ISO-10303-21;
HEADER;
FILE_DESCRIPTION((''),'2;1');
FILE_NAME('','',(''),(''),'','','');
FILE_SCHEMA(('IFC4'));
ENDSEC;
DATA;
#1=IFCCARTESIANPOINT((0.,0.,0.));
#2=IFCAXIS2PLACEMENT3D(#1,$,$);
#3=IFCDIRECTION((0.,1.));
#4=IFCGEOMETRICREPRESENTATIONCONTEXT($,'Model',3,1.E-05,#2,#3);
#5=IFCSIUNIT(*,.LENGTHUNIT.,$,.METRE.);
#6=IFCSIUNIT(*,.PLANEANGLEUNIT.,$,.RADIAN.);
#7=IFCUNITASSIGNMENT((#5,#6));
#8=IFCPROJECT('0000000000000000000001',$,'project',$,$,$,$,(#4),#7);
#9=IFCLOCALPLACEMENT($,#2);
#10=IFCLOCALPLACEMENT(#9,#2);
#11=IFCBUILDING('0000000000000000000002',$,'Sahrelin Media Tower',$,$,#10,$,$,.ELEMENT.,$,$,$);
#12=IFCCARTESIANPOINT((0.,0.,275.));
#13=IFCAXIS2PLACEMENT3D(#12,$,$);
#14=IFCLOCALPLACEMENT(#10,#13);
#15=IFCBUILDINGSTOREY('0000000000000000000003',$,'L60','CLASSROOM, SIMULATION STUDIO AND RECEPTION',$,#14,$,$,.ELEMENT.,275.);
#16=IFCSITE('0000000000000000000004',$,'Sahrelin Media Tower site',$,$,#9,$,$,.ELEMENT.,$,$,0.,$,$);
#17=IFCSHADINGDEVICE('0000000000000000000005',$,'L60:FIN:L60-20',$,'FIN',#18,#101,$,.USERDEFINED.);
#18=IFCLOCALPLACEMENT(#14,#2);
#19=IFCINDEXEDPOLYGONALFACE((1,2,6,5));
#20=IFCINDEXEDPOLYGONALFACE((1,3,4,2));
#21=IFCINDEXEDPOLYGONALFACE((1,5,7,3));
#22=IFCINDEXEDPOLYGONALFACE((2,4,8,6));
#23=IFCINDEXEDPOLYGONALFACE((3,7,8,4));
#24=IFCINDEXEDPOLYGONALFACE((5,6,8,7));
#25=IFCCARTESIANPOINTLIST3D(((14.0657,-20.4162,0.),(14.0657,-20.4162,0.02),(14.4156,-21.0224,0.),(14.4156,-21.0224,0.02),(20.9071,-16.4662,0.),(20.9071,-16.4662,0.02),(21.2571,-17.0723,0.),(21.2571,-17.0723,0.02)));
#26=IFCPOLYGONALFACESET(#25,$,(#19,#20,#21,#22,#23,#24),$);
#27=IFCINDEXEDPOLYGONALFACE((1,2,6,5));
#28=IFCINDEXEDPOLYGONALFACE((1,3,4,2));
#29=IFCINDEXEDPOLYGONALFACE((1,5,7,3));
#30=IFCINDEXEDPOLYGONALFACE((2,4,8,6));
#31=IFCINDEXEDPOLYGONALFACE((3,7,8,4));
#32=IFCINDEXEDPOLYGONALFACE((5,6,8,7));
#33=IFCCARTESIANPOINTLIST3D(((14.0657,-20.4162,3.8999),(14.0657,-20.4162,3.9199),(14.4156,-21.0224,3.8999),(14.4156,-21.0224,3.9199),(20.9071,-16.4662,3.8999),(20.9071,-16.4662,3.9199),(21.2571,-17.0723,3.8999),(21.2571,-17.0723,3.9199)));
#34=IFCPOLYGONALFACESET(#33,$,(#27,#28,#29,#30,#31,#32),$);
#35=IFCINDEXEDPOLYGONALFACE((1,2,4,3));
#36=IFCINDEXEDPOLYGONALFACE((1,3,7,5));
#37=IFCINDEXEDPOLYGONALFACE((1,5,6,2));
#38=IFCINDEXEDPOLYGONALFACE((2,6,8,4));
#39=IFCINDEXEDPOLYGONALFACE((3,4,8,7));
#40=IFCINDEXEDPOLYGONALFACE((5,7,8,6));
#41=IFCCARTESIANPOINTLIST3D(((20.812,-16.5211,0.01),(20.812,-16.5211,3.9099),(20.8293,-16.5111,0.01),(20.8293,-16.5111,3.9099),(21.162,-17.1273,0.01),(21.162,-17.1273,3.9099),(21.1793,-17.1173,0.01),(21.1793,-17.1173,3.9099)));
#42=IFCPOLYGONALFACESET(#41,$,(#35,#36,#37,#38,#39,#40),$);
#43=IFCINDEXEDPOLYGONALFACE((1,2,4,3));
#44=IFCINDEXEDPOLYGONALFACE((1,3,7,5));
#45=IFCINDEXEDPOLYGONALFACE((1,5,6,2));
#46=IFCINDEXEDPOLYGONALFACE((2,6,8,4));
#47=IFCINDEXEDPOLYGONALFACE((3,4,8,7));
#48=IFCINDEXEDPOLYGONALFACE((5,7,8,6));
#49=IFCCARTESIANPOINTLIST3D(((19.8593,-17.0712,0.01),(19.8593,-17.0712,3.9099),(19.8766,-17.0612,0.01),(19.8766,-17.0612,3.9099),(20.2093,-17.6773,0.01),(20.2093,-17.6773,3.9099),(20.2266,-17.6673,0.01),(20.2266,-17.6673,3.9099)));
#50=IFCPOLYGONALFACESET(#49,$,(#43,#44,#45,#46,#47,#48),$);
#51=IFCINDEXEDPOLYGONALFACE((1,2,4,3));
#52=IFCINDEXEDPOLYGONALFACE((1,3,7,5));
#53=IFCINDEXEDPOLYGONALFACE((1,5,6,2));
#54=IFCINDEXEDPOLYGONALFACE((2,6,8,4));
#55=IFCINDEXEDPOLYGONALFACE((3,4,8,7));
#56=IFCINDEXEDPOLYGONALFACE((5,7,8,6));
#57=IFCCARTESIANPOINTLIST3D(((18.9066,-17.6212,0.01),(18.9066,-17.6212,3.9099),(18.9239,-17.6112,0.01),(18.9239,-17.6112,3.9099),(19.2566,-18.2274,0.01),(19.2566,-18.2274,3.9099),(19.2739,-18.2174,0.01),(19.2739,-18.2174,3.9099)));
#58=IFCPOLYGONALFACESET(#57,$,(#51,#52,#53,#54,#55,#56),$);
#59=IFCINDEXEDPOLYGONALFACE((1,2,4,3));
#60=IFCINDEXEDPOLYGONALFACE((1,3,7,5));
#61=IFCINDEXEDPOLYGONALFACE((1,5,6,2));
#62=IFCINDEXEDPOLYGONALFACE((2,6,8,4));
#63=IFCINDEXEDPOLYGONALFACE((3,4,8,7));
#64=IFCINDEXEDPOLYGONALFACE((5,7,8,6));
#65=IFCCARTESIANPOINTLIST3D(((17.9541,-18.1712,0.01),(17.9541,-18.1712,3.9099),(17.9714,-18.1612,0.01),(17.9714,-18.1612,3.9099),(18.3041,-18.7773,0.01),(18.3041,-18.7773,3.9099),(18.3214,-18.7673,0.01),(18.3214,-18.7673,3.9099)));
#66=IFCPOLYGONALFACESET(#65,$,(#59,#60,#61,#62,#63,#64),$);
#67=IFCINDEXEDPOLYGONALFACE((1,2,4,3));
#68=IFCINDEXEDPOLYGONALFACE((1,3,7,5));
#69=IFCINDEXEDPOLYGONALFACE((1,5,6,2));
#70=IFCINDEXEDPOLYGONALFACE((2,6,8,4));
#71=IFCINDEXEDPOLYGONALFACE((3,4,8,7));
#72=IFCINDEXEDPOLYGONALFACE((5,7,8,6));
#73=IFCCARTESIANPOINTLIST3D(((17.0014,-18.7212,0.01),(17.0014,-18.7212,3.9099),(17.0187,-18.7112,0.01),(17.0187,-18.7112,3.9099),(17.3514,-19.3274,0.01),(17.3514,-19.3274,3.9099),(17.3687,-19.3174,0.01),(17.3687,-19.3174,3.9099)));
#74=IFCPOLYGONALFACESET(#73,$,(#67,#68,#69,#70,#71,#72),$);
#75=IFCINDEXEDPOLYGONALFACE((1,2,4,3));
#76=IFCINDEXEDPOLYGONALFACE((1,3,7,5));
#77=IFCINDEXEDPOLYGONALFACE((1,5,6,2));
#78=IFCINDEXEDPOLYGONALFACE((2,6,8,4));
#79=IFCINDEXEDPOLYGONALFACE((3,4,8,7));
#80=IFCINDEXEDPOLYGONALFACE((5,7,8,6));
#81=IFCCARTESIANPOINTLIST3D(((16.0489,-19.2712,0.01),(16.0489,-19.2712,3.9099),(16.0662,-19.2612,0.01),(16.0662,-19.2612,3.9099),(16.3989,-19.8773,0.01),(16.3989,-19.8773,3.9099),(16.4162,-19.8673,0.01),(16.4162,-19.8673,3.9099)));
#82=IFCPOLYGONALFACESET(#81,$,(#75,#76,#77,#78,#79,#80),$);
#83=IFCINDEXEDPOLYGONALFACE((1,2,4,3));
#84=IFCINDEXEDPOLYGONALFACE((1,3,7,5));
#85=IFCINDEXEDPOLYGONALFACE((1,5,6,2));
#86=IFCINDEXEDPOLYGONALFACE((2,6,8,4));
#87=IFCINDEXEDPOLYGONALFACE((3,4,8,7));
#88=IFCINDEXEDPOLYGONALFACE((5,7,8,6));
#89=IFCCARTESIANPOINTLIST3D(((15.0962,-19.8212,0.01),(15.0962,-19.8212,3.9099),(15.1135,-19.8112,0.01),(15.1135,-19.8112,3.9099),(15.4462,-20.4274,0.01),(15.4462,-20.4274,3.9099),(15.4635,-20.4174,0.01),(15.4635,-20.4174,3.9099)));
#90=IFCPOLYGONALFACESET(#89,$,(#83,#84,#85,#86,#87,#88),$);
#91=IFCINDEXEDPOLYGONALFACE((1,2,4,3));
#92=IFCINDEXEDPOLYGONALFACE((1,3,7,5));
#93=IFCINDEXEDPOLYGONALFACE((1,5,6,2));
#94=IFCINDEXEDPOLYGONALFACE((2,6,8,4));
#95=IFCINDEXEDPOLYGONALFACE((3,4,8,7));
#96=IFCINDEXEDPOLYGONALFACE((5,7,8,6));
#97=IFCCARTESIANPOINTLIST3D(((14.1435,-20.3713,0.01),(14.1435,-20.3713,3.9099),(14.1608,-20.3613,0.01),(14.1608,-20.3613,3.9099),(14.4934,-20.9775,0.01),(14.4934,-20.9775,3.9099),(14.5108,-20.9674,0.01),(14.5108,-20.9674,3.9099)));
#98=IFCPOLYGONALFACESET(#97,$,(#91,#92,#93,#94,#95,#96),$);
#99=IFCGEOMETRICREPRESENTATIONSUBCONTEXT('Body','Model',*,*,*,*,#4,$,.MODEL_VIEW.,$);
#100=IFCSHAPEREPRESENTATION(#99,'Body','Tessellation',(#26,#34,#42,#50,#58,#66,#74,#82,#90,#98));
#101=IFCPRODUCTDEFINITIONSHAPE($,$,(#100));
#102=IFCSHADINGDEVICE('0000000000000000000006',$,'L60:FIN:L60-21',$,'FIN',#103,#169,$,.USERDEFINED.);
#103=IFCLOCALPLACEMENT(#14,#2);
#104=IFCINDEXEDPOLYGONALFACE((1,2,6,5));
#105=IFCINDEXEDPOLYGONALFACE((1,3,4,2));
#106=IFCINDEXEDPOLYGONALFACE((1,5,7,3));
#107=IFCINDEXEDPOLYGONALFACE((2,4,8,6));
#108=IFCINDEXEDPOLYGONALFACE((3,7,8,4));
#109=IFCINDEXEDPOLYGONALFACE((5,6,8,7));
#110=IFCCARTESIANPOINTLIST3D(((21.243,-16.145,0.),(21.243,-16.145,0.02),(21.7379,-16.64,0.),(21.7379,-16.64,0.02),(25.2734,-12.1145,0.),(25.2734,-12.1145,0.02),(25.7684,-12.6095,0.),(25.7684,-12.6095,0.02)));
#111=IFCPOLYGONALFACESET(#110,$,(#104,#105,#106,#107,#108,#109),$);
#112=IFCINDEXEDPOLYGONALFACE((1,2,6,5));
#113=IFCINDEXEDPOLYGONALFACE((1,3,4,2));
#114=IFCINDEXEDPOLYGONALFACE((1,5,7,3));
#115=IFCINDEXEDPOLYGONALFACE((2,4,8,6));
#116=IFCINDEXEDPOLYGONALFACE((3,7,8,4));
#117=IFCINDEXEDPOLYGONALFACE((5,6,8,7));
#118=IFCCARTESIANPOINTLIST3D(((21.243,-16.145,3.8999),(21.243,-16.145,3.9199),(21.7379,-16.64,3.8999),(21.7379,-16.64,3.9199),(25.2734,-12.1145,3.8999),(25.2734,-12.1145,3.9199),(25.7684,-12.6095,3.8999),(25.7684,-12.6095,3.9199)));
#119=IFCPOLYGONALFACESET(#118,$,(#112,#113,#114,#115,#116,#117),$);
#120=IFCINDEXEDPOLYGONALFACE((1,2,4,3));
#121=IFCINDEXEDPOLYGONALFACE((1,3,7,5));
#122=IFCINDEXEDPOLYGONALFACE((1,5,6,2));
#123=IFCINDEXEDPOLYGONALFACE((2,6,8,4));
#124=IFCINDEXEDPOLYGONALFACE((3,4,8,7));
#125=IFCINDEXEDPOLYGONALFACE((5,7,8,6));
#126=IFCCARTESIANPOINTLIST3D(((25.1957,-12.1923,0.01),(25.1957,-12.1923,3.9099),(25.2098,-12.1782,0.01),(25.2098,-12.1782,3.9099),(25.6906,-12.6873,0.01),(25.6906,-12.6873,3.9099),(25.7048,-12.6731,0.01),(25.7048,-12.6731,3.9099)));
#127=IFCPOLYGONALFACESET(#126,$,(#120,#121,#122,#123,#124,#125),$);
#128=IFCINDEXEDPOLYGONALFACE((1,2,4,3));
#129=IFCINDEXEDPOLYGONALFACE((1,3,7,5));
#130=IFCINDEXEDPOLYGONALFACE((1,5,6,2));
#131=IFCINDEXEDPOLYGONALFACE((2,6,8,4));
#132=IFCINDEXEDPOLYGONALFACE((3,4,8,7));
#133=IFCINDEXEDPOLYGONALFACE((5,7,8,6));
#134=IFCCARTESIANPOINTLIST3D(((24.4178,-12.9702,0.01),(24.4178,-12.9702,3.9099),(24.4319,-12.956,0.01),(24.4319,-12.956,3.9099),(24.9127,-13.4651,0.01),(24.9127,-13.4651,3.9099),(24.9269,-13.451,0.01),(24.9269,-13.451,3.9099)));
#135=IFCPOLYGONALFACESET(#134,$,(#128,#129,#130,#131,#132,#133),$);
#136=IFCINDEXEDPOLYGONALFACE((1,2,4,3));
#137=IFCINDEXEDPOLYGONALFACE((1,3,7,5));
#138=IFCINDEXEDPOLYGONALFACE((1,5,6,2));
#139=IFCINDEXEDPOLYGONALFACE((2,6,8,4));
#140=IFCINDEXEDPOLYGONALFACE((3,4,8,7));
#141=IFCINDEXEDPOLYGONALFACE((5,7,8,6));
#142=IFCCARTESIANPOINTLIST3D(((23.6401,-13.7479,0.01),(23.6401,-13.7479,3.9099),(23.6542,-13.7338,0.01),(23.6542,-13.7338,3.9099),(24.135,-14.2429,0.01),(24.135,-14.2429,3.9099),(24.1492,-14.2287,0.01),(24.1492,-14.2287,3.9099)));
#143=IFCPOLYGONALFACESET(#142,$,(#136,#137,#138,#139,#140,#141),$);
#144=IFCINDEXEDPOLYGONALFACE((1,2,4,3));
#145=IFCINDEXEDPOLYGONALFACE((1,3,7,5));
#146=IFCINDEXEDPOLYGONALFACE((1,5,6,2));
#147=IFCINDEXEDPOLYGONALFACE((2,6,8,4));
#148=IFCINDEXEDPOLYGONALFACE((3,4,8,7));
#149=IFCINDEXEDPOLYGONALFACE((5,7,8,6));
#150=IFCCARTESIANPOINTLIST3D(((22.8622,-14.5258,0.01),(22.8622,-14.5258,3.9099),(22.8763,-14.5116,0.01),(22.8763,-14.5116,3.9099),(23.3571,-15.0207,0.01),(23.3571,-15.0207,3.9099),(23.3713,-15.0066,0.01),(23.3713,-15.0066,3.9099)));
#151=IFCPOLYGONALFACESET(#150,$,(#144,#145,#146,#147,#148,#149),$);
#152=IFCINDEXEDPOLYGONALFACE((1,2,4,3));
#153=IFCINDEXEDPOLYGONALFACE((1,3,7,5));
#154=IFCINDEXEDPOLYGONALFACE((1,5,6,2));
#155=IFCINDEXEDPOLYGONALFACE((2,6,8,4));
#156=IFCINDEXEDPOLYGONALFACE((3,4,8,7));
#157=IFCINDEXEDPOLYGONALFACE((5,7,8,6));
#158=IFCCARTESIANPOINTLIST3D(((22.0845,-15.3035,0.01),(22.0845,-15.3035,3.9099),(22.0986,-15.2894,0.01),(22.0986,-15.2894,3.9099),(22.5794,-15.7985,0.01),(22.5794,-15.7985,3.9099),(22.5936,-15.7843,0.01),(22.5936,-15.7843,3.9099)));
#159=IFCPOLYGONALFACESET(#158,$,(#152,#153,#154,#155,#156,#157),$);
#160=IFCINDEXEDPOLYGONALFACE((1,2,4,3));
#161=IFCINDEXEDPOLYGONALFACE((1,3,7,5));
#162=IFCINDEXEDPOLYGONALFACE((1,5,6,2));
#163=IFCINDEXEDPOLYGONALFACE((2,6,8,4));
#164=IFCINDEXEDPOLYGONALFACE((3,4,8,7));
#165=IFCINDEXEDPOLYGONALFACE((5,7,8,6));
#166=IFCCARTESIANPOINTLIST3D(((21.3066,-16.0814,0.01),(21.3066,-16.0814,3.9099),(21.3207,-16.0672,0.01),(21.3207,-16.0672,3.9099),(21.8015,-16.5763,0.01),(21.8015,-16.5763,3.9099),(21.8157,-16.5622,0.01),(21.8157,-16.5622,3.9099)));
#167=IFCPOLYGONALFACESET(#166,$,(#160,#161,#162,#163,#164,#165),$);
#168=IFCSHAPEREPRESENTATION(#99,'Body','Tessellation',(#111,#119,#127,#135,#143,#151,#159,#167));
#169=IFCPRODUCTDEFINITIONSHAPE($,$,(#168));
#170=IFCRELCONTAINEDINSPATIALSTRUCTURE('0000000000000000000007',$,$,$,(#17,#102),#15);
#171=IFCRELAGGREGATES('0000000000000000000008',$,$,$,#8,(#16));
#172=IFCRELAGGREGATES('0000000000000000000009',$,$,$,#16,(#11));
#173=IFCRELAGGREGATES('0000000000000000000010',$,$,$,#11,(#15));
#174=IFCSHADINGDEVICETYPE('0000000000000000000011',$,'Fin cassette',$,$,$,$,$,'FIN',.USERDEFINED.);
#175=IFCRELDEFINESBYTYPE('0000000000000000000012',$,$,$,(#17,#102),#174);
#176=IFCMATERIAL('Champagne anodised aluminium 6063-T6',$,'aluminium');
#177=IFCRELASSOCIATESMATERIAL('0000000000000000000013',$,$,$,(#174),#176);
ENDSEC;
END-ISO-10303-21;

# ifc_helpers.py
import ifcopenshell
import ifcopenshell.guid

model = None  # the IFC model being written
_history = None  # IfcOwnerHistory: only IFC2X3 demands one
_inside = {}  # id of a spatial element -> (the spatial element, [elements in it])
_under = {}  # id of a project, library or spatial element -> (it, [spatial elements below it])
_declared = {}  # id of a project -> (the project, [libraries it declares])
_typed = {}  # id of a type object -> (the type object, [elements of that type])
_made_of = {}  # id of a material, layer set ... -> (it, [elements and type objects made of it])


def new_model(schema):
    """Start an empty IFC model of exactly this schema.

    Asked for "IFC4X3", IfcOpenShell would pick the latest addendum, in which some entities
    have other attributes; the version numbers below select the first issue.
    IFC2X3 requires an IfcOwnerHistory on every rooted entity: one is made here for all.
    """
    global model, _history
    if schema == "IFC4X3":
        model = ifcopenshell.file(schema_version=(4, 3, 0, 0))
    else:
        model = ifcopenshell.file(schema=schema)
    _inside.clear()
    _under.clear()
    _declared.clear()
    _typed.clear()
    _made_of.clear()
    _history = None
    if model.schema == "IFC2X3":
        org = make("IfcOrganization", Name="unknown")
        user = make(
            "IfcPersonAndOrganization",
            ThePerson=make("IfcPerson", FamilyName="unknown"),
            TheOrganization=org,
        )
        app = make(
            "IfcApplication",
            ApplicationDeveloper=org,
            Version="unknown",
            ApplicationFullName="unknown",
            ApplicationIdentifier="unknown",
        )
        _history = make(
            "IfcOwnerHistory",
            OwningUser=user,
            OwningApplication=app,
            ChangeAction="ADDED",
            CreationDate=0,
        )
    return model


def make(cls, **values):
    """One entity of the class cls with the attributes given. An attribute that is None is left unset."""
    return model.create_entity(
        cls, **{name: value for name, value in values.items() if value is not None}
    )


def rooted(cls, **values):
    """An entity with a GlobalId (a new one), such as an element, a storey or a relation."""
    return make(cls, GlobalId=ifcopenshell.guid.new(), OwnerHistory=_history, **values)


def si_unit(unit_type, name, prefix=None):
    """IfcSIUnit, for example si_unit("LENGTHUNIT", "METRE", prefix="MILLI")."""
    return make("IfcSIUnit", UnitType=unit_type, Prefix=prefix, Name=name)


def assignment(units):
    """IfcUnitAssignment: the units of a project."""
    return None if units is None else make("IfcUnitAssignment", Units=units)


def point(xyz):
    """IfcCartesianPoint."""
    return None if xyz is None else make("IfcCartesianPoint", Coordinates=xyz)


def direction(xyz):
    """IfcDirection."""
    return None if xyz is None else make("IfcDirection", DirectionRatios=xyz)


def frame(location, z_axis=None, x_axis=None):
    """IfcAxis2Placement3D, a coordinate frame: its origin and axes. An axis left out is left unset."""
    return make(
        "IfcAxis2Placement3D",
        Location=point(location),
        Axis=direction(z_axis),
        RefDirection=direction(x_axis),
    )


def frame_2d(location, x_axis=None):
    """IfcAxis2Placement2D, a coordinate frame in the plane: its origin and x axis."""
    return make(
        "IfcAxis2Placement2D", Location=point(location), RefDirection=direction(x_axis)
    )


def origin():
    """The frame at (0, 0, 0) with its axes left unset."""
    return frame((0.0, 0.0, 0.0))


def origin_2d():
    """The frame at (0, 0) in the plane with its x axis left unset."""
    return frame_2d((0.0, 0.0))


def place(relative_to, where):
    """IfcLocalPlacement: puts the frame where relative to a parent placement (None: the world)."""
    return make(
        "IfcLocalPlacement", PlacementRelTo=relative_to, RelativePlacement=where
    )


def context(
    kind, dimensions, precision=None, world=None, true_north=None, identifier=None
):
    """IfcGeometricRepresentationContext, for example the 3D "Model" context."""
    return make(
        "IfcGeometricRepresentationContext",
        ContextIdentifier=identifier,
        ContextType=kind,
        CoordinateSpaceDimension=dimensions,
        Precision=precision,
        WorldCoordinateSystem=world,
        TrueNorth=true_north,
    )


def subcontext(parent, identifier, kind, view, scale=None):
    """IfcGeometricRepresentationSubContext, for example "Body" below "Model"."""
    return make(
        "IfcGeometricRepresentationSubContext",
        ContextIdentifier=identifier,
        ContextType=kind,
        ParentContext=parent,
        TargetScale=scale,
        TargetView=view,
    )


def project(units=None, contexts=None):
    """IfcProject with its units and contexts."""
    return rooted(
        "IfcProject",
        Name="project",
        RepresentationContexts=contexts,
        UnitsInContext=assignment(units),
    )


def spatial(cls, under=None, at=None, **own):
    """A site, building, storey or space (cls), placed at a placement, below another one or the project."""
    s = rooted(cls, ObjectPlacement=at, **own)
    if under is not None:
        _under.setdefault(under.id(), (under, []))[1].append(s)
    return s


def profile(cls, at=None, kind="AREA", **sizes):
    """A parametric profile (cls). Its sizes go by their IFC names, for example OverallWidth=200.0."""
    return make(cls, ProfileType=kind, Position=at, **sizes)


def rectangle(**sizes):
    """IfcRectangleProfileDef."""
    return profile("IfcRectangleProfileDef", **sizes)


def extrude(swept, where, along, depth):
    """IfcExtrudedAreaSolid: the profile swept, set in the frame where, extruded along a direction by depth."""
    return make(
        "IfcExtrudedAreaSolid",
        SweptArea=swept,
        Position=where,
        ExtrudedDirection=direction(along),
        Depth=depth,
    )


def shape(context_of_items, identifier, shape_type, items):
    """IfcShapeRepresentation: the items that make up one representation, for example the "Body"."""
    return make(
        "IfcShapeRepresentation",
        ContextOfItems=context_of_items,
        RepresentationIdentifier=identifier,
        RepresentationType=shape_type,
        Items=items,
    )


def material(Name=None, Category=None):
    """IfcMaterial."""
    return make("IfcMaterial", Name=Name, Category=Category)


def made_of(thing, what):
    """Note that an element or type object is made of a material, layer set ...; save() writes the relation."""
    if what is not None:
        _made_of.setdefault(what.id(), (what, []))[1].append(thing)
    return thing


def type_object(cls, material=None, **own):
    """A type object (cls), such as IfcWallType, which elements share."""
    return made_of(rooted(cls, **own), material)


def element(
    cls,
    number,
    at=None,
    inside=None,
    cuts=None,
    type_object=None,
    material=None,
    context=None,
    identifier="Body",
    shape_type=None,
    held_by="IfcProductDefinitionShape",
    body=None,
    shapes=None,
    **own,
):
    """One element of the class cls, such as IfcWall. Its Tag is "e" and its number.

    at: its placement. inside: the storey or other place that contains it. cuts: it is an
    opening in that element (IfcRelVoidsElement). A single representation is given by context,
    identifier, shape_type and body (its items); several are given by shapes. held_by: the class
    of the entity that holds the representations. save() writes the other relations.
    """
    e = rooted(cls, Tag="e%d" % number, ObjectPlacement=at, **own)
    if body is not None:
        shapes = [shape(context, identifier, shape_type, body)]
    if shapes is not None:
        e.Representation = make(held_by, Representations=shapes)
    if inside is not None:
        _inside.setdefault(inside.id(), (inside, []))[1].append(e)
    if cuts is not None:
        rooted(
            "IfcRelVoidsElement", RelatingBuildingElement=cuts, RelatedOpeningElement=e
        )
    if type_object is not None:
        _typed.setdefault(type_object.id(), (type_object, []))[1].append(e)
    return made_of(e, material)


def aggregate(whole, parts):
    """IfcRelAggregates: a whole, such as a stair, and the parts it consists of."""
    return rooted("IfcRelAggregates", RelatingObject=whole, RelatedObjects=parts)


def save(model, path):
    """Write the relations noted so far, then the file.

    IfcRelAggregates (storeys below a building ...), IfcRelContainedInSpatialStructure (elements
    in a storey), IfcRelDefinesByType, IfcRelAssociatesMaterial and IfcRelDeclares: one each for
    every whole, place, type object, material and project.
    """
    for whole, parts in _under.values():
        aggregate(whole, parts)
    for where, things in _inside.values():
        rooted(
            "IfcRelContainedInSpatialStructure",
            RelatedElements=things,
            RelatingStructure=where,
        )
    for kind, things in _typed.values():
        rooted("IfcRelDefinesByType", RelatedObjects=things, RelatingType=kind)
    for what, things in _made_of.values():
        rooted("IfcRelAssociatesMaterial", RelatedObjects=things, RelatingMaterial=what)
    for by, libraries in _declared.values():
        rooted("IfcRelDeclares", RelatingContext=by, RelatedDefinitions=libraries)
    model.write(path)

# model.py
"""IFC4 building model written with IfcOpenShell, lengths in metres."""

from ifc_helpers import new_model, si_unit, direction, frame, origin, origin_2d, place, context, subcontext, project, spatial, rectangle, extrude, material, type_object, element, save


model = new_model("IFC4")

# Units and contexts
model_context = context("Model", 3, precision=1e-05, world=origin(), true_north=direction((0.0, 1.0)))
body_context = subcontext(model_context, "Body", "Model", "MODEL_VIEW")
ifc_project = project(units=[si_unit("LENGTHUNIT", "METRE"), si_unit("PLANEANGLEUNIT", "RADIAN")], contexts=[model_context])

# Site, building, storey
site_placement = place(None, origin())
site = spatial("IfcSite", under=ifc_project, at=site_placement, Name="Sahrelin Media Tower site", CompositionType="ELEMENT", RefElevation=0.0)
building_placement = place(site_placement, origin())
building = spatial("IfcBuilding", under=site, at=building_placement, Name="Sahrelin Media Tower", CompositionType="ELEMENT")
storey_placement = place(building_placement, frame((0.0, 0.0, 275.0)))
storey = spatial("IfcBuildingStorey", under=building, at=storey_placement, Name="L60", Description="CLASSROOM, SIMULATION STUDIO AND RECEPTION", CompositionType="ELEMENT", Elevation=275.0)

# Shared definitions
ifc_material_1 = material(Name="Champagne anodised aluminium 6063-T6", Category="aluminium")

# Shading devices
shading_device_type_1 = type_object("IfcShadingDeviceType", Name="Fin cassette", ElementType="FIN", PredefinedType="USERDEFINED", material=ifc_material_1)
placement_1 = place(storey_placement, frame((17.4514, -18.3806, 0.0), z_axis=(0.0, 0.0, 1.0), x_axis=(-0.866019, -0.500011, 0.0)))
element("IfcShadingDevice", 1, at=placement_1, inside=storey, type_object=shading_device_type_1, Name="L60:FIN:L60-20", ObjectType="FIN", PredefinedType="USERDEFINED", context=body_context, shape_type="SweptSolid", body=[
    extrude(rectangle(XDim=7.8999, YDim=0.7, at=origin_2d()), frame((0.0, 0.4199, 0.0)), (0.0, 0.0, 1.0), 0.02),
    extrude(rectangle(XDim=7.8999, YDim=0.7, at=origin_2d()), frame((0.0, 0.4199, 3.8999)), (0.0, 0.0, 1.0), 0.02),
    extrude(rectangle(XDim=0.02, YDim=0.7, at=origin_2d()), frame((-3.8501, 0.4199, 0.01), z_axis=(0.0, 0.0, 1.0), x_axis=(1.0, 0.0, 0.0)), (0.0, 0.0, 1.0), 3.8999),
    extrude(rectangle(XDim=0.02, YDim=0.7, at=origin_2d()), frame((-2.75, 0.4199, 0.01), z_axis=(0.0, 0.0, 1.0), x_axis=(1.0, 0.0, 0.0)), (0.0, 0.0, 1.0), 3.8999),
    extrude(rectangle(XDim=0.02, YDim=0.7, at=origin_2d()), frame((-1.6499, 0.4199, 0.01), z_axis=(0.0, 0.0, 1.0), x_axis=(1.0, 0.0, 0.0)), (0.0, 0.0, 1.0), 3.8999),
    extrude(rectangle(XDim=0.02, YDim=0.7, at=origin_2d()), frame((-0.55, 0.4199, 0.01), z_axis=(0.0, 0.0, 1.0), x_axis=(1.0, 0.0, 0.0)), (0.0, 0.0, 1.0), 3.8999),
    extrude(rectangle(XDim=0.02, YDim=0.7, at=origin_2d()), frame((0.55, 0.4199, 0.01), z_axis=(0.0, 0.0, 1.0), x_axis=(1.0, 0.0, 0.0)), (0.0, 0.0, 1.0), 3.8999),
    extrude(rectangle(XDim=0.02, YDim=0.7, at=origin_2d()), frame((1.6499, 0.4199, 0.01), z_axis=(0.0, 0.0, 1.0), x_axis=(1.0, 0.0, 0.0)), (0.0, 0.0, 1.0), 3.8999),
    extrude(rectangle(XDim=0.02, YDim=0.7, at=origin_2d()), frame((2.75, 0.4199, 0.01), z_axis=(0.0, 0.0, 1.0), x_axis=(1.0, 0.0, 0.0)), (0.0, 0.0, 1.0), 3.8999),
    extrude(rectangle(XDim=0.02, YDim=0.7, at=origin_2d()), frame((3.8501, 0.4199, 0.01), z_axis=(0.0, 0.0, 1.0), x_axis=(1.0, 0.0, 0.0)), (0.0, 0.0, 1.0), 3.8999),
])
placement_2 = place(storey_placement, frame((23.2087, -14.0803, 0.0), z_axis=(0.0, 0.0, 1.0), x_axis=(-0.707107, -0.707107, 0.0)))
element("IfcShadingDevice", 2, at=placement_2, inside=storey, type_object=shading_device_type_1, Name="L60:FIN:L60-21", ObjectType="FIN", PredefinedType="USERDEFINED", context=body_context, shape_type="SweptSolid", body=[
    extrude(rectangle(XDim=5.7, YDim=0.7, at=origin_2d()), frame((0.0, 0.4199, 0.0)), (0.0, 0.0, 1.0), 0.02),
    extrude(rectangle(XDim=5.7, YDim=0.7, at=origin_2d()), frame((0.0, 0.4199, 3.8999)), (0.0, 0.0, 1.0), 0.02),
    extrude(rectangle(XDim=0.02, YDim=0.7, at=origin_2d()), frame((-2.75, 0.4199, 0.01), z_axis=(0.0, 0.0, 1.0), x_axis=(1.0, 0.0, 0.0)), (0.0, 0.0, 1.0), 3.8999),
    extrude(rectangle(XDim=0.02, YDim=0.7, at=origin_2d()), frame((-1.6499, 0.4199, 0.01), z_axis=(0.0, 0.0, 1.0), x_axis=(1.0, 0.0, 0.0)), (0.0, 0.0, 1.0), 3.8999),
    extrude(rectangle(XDim=0.02, YDim=0.7, at=origin_2d()), frame((-0.55, 0.4199, 0.01), z_axis=(0.0, 0.0, 1.0), x_axis=(1.0, 0.0, 0.0)), (0.0, 0.0, 1.0), 3.8999),
    extrude(rectangle(XDim=0.02, YDim=0.7, at=origin_2d()), frame((0.55, 0.4199, 0.01), z_axis=(0.0, 0.0, 1.0), x_axis=(1.0, 0.0, 0.0)), (0.0, 0.0, 1.0), 3.8999),
    extrude(rectangle(XDim=0.02, YDim=0.7, at=origin_2d()), frame((1.6499, 0.4199, 0.01), z_axis=(0.0, 0.0, 1.0), x_axis=(1.0, 0.0, 0.0)), (0.0, 0.0, 1.0), 3.8999),
    extrude(rectangle(XDim=0.02, YDim=0.7, at=origin_2d()), frame((2.75, 0.4199, 0.01), z_axis=(0.0, 0.0, 1.0), x_axis=(1.0, 0.0, 0.0)), (0.0, 0.0, 1.0), 3.8999),
])

save(model, "model.ifc")
